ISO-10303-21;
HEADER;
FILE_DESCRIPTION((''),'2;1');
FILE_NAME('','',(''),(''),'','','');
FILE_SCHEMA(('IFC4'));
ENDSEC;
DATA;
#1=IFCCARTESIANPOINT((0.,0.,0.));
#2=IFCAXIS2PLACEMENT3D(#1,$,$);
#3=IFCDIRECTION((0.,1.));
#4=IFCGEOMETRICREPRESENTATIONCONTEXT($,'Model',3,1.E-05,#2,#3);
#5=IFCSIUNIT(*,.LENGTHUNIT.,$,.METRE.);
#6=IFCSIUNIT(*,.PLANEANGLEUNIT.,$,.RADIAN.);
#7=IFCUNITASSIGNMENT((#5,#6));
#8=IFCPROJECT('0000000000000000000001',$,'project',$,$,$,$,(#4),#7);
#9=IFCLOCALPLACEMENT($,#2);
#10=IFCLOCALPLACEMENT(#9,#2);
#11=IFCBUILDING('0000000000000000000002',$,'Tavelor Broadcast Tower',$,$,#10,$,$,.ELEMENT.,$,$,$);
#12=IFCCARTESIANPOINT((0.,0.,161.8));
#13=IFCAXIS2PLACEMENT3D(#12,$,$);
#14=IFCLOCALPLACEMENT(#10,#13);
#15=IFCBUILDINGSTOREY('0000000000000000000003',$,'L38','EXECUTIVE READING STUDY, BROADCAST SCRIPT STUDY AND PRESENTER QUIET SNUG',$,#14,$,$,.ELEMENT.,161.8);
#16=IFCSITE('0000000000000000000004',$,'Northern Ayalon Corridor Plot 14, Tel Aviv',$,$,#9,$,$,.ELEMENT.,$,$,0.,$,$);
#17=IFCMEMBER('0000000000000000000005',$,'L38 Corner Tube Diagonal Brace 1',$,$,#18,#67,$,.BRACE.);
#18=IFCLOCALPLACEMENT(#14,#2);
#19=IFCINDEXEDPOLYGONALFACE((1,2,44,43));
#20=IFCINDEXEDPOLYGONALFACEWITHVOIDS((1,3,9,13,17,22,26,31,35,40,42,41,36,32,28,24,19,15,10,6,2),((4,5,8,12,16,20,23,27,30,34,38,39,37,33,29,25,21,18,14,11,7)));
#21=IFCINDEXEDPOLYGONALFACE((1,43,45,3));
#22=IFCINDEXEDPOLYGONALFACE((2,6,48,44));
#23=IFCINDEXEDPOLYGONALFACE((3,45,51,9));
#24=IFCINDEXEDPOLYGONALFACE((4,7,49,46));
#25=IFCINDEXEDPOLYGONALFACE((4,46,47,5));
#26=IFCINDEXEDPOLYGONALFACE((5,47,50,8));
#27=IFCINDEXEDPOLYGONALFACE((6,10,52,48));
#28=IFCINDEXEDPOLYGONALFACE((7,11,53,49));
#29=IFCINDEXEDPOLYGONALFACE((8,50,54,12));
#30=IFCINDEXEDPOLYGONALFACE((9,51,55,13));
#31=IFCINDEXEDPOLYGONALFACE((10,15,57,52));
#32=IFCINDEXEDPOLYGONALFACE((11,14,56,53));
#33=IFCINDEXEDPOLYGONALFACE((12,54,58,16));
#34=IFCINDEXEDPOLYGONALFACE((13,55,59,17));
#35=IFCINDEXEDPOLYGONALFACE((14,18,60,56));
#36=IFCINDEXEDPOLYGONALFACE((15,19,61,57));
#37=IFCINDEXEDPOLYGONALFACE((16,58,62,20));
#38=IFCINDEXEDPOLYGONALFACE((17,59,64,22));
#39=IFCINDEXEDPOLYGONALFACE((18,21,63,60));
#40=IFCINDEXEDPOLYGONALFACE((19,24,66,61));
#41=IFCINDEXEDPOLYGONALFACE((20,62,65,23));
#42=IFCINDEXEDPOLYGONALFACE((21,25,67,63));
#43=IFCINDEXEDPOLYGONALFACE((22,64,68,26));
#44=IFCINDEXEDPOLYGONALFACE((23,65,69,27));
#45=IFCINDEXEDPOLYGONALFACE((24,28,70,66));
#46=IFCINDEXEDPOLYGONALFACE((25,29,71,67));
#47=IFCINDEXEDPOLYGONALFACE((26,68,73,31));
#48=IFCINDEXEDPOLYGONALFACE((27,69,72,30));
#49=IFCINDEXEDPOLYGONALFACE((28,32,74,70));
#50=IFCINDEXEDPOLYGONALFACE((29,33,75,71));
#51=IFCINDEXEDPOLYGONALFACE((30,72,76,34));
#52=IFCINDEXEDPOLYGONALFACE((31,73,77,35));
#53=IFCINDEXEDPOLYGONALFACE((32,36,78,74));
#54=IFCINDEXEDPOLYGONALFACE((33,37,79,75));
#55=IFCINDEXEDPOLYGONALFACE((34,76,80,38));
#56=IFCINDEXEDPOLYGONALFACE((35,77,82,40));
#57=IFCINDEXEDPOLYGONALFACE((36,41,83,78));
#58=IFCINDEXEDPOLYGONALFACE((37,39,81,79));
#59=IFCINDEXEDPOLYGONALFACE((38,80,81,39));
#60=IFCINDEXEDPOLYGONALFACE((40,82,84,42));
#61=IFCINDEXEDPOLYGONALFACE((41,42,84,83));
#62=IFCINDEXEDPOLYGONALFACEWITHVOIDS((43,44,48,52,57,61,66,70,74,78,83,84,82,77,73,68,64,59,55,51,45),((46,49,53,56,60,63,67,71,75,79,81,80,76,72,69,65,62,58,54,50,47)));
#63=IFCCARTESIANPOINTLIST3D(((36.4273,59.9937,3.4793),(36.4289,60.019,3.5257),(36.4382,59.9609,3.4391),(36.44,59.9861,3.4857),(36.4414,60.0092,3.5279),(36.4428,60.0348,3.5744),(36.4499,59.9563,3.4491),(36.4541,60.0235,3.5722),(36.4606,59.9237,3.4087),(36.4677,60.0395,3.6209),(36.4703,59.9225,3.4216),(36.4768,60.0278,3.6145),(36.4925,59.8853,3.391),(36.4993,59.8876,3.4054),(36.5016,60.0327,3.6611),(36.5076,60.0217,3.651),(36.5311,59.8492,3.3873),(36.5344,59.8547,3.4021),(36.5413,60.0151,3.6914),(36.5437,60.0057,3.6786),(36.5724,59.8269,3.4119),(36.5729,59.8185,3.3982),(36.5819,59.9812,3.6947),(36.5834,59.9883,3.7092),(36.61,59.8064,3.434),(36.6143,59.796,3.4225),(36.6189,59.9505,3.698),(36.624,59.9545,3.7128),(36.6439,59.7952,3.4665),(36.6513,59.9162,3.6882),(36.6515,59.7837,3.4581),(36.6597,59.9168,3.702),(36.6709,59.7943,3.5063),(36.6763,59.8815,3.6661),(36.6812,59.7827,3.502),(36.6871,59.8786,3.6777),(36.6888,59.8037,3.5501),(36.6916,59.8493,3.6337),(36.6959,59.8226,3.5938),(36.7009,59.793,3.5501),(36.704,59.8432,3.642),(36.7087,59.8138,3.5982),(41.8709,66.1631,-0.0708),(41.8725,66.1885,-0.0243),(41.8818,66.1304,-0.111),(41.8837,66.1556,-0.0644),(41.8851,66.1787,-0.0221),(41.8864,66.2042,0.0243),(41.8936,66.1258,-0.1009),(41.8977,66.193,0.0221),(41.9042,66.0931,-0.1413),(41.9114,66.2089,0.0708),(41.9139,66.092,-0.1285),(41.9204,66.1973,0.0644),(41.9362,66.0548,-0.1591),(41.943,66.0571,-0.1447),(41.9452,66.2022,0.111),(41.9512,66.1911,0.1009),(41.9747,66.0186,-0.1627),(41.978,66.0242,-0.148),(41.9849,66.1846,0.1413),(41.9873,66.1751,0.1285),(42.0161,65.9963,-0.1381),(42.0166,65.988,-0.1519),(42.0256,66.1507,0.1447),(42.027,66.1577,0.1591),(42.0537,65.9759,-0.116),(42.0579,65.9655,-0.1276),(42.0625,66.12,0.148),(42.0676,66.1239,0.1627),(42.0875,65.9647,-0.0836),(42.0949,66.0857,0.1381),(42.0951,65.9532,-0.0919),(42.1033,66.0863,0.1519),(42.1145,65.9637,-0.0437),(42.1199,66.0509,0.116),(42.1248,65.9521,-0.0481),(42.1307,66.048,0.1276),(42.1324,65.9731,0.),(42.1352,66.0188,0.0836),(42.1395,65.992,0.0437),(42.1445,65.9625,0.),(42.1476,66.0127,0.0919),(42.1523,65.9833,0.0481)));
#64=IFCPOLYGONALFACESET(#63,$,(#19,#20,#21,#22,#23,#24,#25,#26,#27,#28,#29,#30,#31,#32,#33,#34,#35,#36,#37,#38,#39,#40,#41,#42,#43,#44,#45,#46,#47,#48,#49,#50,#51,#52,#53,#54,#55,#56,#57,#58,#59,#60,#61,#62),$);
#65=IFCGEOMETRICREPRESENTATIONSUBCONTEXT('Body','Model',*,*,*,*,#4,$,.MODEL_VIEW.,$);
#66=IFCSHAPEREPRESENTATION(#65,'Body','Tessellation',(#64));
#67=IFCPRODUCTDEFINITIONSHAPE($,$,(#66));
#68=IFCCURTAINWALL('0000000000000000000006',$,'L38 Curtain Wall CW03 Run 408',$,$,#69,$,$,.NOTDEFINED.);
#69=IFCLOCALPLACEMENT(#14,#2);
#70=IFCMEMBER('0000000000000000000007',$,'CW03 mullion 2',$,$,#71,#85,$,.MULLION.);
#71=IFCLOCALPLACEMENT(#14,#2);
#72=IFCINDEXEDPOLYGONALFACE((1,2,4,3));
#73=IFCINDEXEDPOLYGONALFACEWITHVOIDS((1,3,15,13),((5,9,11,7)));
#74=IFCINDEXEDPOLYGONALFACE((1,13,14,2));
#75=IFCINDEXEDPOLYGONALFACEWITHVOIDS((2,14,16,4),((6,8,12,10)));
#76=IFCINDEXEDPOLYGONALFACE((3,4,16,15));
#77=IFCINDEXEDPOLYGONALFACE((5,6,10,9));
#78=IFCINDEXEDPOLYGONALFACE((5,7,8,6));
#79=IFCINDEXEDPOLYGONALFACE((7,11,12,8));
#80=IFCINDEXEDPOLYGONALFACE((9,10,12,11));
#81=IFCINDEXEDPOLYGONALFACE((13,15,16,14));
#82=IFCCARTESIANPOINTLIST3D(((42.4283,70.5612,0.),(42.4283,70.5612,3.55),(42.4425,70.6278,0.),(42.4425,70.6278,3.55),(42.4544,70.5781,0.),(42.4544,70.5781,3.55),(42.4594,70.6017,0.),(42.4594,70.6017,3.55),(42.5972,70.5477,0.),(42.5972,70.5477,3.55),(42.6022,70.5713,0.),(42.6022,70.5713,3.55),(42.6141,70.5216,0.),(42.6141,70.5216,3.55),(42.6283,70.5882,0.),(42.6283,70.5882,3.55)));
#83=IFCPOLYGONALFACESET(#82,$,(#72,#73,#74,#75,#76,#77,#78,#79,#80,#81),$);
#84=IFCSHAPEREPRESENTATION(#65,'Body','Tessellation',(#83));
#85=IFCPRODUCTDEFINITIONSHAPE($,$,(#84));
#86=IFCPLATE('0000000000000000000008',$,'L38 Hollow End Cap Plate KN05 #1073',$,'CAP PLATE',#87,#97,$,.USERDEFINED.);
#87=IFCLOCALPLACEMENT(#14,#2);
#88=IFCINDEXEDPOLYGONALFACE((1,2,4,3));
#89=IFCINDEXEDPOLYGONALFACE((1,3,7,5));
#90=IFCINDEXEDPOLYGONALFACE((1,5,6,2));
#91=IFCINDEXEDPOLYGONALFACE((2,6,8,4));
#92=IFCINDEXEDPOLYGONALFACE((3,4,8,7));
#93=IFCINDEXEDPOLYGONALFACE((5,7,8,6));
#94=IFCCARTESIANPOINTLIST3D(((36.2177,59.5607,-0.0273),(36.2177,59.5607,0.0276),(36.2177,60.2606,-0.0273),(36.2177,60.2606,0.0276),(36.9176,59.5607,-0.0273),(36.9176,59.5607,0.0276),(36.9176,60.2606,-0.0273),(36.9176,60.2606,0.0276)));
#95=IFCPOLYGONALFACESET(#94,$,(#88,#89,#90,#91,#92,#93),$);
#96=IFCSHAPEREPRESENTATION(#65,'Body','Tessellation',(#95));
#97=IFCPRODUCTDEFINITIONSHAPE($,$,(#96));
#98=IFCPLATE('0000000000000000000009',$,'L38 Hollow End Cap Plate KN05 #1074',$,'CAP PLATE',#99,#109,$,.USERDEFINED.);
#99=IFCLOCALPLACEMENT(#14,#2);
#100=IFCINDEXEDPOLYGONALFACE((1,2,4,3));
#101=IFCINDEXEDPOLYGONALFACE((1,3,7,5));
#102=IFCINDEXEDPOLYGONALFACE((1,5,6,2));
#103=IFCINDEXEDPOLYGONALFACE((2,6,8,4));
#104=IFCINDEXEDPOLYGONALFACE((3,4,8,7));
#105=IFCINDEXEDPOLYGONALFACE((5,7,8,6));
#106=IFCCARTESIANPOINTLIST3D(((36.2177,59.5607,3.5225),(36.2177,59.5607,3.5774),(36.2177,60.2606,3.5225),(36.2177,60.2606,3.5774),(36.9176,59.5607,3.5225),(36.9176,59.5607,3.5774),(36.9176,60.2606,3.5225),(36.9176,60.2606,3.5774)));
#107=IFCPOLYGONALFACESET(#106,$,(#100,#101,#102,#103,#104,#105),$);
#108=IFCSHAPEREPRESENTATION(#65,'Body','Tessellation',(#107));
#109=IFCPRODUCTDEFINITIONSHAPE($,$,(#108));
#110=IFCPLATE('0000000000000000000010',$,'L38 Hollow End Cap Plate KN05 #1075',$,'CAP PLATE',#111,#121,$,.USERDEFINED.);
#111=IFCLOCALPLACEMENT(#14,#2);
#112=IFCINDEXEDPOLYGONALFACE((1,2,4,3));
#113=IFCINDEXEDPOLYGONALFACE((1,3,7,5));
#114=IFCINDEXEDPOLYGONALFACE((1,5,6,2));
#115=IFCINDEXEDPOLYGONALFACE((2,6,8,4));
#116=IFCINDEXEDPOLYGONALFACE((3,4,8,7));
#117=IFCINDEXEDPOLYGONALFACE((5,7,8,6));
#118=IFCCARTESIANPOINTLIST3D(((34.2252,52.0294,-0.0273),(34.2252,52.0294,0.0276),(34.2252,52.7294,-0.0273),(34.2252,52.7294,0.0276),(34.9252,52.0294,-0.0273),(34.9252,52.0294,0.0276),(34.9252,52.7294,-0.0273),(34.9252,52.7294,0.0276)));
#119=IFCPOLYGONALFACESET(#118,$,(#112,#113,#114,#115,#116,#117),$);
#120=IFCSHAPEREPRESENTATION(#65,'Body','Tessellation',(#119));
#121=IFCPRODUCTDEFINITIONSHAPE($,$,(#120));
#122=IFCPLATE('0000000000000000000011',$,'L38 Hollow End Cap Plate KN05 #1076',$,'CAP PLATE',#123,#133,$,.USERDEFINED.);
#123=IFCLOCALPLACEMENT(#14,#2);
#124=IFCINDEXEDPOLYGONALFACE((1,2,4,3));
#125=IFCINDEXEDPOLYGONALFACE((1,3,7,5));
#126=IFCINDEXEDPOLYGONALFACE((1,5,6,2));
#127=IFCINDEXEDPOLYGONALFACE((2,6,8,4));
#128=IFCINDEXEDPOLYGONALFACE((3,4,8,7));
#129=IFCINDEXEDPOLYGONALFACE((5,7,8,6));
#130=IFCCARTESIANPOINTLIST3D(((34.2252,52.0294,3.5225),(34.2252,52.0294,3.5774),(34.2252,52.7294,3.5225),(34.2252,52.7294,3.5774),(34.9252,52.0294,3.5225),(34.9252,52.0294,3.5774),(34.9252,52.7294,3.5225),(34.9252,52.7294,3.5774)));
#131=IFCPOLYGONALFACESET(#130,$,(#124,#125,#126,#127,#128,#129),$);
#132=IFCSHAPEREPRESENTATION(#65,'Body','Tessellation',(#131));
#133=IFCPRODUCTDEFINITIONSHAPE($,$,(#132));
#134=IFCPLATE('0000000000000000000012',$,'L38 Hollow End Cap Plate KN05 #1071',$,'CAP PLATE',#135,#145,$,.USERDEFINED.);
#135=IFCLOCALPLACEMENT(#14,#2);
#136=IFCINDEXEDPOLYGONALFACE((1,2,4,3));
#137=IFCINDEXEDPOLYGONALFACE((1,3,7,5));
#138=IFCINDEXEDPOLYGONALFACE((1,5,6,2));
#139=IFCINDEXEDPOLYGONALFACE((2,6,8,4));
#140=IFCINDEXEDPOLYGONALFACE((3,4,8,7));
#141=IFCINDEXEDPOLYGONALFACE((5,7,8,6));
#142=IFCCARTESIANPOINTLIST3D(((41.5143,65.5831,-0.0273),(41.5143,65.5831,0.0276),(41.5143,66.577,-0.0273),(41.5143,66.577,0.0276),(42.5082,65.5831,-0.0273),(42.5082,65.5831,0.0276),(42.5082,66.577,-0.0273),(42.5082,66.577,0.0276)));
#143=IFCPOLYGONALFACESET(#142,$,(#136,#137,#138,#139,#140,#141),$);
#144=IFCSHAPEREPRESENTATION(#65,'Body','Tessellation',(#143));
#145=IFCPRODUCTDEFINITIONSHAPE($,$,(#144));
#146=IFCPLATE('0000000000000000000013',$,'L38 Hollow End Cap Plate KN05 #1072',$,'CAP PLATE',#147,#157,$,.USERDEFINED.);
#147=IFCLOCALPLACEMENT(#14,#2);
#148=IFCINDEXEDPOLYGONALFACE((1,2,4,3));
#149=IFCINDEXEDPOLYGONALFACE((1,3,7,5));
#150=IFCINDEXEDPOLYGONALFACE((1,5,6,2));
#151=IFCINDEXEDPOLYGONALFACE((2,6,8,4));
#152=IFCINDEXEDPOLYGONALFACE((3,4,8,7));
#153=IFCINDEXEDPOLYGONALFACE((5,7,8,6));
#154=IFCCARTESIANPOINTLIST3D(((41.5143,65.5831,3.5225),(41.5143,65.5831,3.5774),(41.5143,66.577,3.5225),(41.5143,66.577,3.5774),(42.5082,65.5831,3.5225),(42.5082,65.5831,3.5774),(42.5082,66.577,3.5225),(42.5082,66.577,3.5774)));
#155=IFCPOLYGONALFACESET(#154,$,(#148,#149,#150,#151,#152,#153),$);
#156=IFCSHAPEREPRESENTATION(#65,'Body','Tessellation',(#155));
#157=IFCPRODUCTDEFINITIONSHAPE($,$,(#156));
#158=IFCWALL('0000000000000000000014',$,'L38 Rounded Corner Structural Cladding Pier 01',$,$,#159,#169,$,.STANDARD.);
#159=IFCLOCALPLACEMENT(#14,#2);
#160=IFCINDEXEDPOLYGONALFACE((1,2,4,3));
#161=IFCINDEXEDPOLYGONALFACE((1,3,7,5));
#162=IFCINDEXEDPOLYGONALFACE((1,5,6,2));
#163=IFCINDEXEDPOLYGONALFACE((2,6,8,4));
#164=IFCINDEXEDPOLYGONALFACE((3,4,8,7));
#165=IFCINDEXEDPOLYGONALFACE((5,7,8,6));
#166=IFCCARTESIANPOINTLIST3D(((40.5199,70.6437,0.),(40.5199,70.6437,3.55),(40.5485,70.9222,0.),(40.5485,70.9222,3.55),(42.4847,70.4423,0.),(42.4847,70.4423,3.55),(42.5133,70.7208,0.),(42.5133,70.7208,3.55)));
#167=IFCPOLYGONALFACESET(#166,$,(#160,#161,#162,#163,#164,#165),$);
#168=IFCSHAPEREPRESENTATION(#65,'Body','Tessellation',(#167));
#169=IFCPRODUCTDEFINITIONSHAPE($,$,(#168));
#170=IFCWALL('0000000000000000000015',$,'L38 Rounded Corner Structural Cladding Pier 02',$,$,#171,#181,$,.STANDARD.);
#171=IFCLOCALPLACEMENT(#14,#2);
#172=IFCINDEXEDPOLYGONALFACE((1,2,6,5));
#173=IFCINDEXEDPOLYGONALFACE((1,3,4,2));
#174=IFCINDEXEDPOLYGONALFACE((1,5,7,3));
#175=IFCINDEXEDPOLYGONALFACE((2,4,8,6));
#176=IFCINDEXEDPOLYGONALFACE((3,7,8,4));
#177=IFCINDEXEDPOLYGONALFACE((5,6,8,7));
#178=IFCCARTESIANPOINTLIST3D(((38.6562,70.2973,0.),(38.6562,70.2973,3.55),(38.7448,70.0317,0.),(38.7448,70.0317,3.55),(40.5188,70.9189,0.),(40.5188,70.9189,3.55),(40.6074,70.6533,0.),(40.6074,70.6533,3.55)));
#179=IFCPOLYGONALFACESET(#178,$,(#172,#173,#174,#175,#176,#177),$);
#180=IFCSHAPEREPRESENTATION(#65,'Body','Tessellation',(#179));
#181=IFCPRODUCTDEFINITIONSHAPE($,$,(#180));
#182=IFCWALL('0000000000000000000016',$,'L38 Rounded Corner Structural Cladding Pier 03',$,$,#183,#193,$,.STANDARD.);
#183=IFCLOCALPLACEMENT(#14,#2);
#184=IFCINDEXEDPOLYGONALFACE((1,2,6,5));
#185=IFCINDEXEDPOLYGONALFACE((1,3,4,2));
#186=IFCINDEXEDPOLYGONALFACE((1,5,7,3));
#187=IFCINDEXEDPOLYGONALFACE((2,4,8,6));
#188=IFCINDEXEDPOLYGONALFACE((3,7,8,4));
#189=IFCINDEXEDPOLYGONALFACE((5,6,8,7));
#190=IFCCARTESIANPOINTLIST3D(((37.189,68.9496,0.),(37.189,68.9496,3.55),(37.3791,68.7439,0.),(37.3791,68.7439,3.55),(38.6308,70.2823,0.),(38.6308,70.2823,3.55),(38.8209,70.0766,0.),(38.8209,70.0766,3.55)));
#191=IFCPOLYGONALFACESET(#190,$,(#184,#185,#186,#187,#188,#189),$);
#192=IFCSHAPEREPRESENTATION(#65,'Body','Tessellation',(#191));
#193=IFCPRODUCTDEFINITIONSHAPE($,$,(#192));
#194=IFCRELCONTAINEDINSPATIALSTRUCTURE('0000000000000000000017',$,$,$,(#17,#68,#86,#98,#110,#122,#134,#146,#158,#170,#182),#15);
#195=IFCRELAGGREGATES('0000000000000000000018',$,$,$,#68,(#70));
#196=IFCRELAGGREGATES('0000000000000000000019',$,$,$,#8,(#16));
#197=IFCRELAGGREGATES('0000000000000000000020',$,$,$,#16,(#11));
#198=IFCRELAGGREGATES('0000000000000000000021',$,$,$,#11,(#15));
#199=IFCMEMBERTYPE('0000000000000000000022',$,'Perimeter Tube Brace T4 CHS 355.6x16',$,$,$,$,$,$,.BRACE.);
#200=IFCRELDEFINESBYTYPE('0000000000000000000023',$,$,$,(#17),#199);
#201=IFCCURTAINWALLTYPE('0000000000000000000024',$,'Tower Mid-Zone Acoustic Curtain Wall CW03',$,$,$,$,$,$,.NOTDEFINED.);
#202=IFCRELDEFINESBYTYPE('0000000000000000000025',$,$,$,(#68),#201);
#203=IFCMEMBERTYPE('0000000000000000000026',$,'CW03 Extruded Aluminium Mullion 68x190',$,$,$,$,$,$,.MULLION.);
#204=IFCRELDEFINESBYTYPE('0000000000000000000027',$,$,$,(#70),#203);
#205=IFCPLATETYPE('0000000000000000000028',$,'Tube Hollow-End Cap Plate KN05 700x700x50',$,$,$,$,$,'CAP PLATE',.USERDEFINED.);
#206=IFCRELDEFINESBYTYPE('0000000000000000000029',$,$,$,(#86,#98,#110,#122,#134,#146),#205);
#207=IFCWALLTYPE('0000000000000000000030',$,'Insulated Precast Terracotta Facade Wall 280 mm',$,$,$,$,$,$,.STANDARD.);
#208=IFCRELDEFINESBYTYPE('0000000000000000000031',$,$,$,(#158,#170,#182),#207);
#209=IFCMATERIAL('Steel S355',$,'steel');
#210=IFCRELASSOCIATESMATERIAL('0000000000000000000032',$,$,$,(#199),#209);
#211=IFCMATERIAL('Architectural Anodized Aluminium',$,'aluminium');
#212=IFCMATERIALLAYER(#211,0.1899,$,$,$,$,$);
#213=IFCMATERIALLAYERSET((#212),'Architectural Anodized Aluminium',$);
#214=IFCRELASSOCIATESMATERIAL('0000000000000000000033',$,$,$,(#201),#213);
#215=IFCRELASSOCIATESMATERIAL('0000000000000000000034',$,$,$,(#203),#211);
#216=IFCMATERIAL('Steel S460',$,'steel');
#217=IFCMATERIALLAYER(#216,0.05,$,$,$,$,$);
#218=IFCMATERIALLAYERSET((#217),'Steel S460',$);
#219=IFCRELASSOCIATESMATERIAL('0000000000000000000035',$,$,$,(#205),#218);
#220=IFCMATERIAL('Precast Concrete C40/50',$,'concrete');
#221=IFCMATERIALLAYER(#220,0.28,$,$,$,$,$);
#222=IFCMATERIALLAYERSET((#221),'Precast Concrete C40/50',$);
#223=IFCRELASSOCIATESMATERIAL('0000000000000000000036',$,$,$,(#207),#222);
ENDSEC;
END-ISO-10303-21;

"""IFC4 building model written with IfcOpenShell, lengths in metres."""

from ifc_helpers import new_model, si_unit, direction, frame, frame_2d, origin, origin_2d, place, context, subcontext, project, spatial, rectangle, hollow_rectangle, hollow_circle, extrude, source, transform, mapped, material, layer, layer_set, material_profile, profile_set, type_object, type_shapes, element, aggregate, save


model = new_model("IFC4")

# Units and contexts
model_context = context("Model", 3, precision=1e-05, world=origin(), true_north=direction((0.0, 1.0)))
body_context = subcontext(model_context, "Body", "Model", "MODEL_VIEW")
ifc_project = project(units=[si_unit("LENGTHUNIT", "METRE"), si_unit("PLANEANGLEUNIT", "RADIAN")], contexts=[model_context])

# Site, building, storey
site_placement = place(None, origin())
site = spatial("IfcSite", under=ifc_project, at=site_placement, Name="Northern Ayalon Corridor Plot 14, Tel Aviv", CompositionType="ELEMENT", RefElevation=0.0)
building_placement = place(site_placement, origin())
building = spatial("IfcBuilding", under=site, at=building_placement, Name="Tavelor Broadcast Tower", CompositionType="ELEMENT")
storey_placement = place(building_placement, frame((0.0, 0.0, 161.8)))
storey = spatial("IfcBuildingStorey", under=building, at=storey_placement, Name="L38", Description="EXECUTIVE READING STUDY, BROADCAST SCRIPT STUDY AND PRESENTER QUIET SNUG", CompositionType="ELEMENT", Elevation=161.8)

# Shared definitions
ifc_material_1 = material(Name="Steel S460", Category="steel")

# Shared definitions
ifc_material_2 = material(Name="Steel S355", Category="steel")

# Member
ifc_material_profile_1 = material_profile(ifc_material_2, hollow_circle(Radius=0.1777, WallThickness=0.0161, at=origin_2d()), Name="CHS 355.6x16")
ifc_profile_set_1 = profile_set([ifc_material_profile_1], Name="Steel S355")
member_type_1 = type_object("IfcMemberType", Name="Perimeter Tube Brace T4 CHS 355.6x16", PredefinedType="BRACE", material=ifc_profile_set_1)
member_1_placement = place(storey_placement, frame((42.0112, 66.0801, 0.0), z_axis=(-0.607485, -0.688484, 0.396171), x_axis=(0.749839, -0.661621, 0.0)))
element("IfcMember", 1, at=member_1_placement, inside=storey, type_object=member_type_1, Name="L38 Corner Tube Diagonal Brace 1", PredefinedType="BRACE", context=body_context, shape_type="SweptSolid", body=[
    extrude(hollow_circle(Radius=0.1777, WallThickness=0.0161, at=origin_2d()), origin(), (0.0, 0.0, 1.0), 8.9609),
])

# Curtain wall, member
ifc_material_3 = material(Name="Architectural Anodized Aluminium", Category="aluminium")
ifc_layer_1 = layer(ifc_material_3, 0.1899)
ifc_layer_set_1 = layer_set([ifc_layer_1], Name="Architectural Anodized Aluminium")
curtain_wall_type = type_object("IfcCurtainWallType", Name="Tower Mid-Zone Acoustic Curtain Wall CW03", PredefinedType="NOTDEFINED", material=ifc_layer_set_1)
curtain_wall_placement = place(storey_placement, origin())
curtain_wall = element("IfcCurtainWall", 2, at=curtain_wall_placement, inside=storey, type_object=curtain_wall_type, Name="L38 Curtain Wall CW03 Run 408", PredefinedType="NOTDEFINED")
ifc_material_profile_2 = material_profile(ifc_material_3, hollow_rectangle(XDim=0.0681, YDim=0.1899, WallThickness=0.022, at=origin_2d()), Name="RHS 68x190x22")
ifc_profile_set_2 = profile_set([ifc_material_profile_2], Name="Architectural Anodized Aluminium")
member_type_2 = type_object("IfcMemberType", Name="CW03 Extruded Aluminium Mullion 68x190", PredefinedType="MULLION", material=ifc_profile_set_2)
shared_shape_1 = source(origin(), body_context, "Body", "SweptSolid", [
    extrude(hollow_rectangle(XDim=0.0681, YDim=0.1899, WallThickness=0.022, at=origin_2d()), origin(), (0.0, 0.0, 1.0), 3.55),
])
type_shapes(member_type_2, [shared_shape_1])
member_2_placement = place(storey_placement, frame((42.5283, 70.5747, 0.0), z_axis=(0.0, 0.0, 1.0), x_axis=(-0.208306, -0.978064, 0.0)))
member_2 = element("IfcMember", 3, at=member_2_placement, type_object=member_type_2, Name="CW03 mullion 2", PredefinedType="MULLION", context=body_context, shape_type="MappedRepresentation", body=[
    mapped(shared_shape_1, transform((0.0, 0.0, 0.0), scale=1.0)),
])
aggregate(curtain_wall, [member_2])

# Plates
ifc_layer_2 = layer(ifc_material_1, 0.05)
ifc_layer_set_2 = layer_set([ifc_layer_2], Name="Steel S460")
plate_type = type_object("IfcPlateType", Name="Tube Hollow-End Cap Plate KN05 700x700x50", ElementType="CAP PLATE", PredefinedType="USERDEFINED", material=ifc_layer_set_2)
shared_shape_2 = source(origin(), body_context, "Body", "SweptSolid", [
    extrude(rectangle(XDim=0.7, YDim=0.7, at=origin_2d()), origin(), (0.0, 0.0, 1.0), 0.0549),
])
for number, where, z_axis, x_axis, name in (
    (4, (36.5676, 59.9106, -0.0273), (0.0, 0.0, 1.0), (1.0, 0.0, 0.0), "L38 Hollow End Cap Plate KN05 #1073"),
    (5, (36.5676, 59.9106, 3.5225), (0.0, 0.0, 1.0), (1.0, 0.0, 0.0), "L38 Hollow End Cap Plate KN05 #1074"),
    (6, (34.5752, 52.3794, -0.0273), (0.0, 0.0, 1.0), (1.0, 0.0, 0.0), "L38 Hollow End Cap Plate KN05 #1075"),
    (7, (34.5752, 52.3794, 3.5225), (0.0, 0.0, 1.0), (1.0, 0.0, 0.0), "L38 Hollow End Cap Plate KN05 #1076"),
):
    element("IfcPlate", number, at=place(storey_placement, frame(where, z_axis=z_axis, x_axis=x_axis)), inside=storey, type_object=plate_type, Name=name, ObjectType="CAP PLATE", PredefinedType="USERDEFINED", context=body_context, shape_type="MappedRepresentation", body=[
        mapped(shared_shape_2, transform((0.0, 0.0, 0.0), scale=1.0)),
    ])
shared_shape_3 = source(origin(), body_context, "Body", "SweptSolid", [
    extrude(rectangle(XDim=0.9939, YDim=0.9939, at=origin_2d()), origin(), (0.0, 0.0, 1.0), 0.0549),
])
type_shapes(plate_type, [shared_shape_2, shared_shape_3])
for number, where, z_axis, x_axis, name in (
    (8, (42.0112, 66.0801, -0.0273), (0.0, 0.0, 1.0), (1.0, 0.0, 0.0), "L38 Hollow End Cap Plate KN05 #1071"),
    (9, (42.0112, 66.0801, 3.5225), (0.0, 0.0, 1.0), (1.0, 0.0, 0.0), "L38 Hollow End Cap Plate KN05 #1072"),
):
    element("IfcPlate", number, at=place(storey_placement, frame(where, z_axis=z_axis, x_axis=x_axis)), inside=storey, type_object=plate_type, Name=name, ObjectType="CAP PLATE", PredefinedType="USERDEFINED", context=body_context, shape_type="MappedRepresentation", body=[
        mapped(shared_shape_3, transform((0.0, 0.0, 0.0), scale=1.0)),
    ])

# Walls
ifc_material_4 = material(Name="Precast Concrete C40/50", Category="concrete")
ifc_layer_3 = layer(ifc_material_4, 0.28)
ifc_layer_set_3 = layer_set([ifc_layer_3], Name="Precast Concrete C40/50")
wall_type_1 = type_object("IfcWallType", Name="Insulated Precast Terracotta Facade Wall 280 mm", PredefinedType="STANDARD", material=ifc_layer_set_3)
wall_1_placement = place(storey_placement, frame((42.499, 70.5815, 0.0), z_axis=(0.0, 0.0, 1.0), x_axis=(-0.994787, 0.101976, 0.0)))
element("IfcWall", 10, at=wall_1_placement, inside=storey, type_object=wall_type_1, Name="L38 Rounded Corner Structural Cladding Pier 01", PredefinedType="STANDARD", context=body_context, shape_type="SweptSolid", body=[
    extrude(rectangle(XDim=1.9751, YDim=0.28, at=frame_2d((0.9875, 0.0))), origin(), (0.0, 0.0, 1.0), 3.55),
])
wall_2_placement = place(storey_placement, frame((40.5632, 70.7861, 0.0), z_axis=(0.0, 0.0, 1.0), x_axis=(-0.948571, -0.316563, 0.0)))
element("IfcWall", 11, at=wall_2_placement, inside=storey, type_object=wall_type_1, Name="L38 Rounded Corner Structural Cladding Pier 02", PredefinedType="STANDARD", context=body_context, shape_type="SweptSolid", body=[
    extrude(rectangle(XDim=1.9636, YDim=0.28, at=frame_2d((0.9819, 0.0))), origin(), (0.0, 0.0, 1.0), 3.55),
])
wall_3_placement = place(storey_placement, frame((38.7258, 70.1794, 0.0), z_axis=(0.0, 0.0, 1.0), x_axis=(-0.73435, -0.678771, 0.0)))
element("IfcWall", 12, at=wall_3_placement, inside=storey, type_object=wall_type_1, Name="L38 Rounded Corner Structural Cladding Pier 03", PredefinedType="STANDARD", context=body_context, shape_type="SweptSolid", body=[
    extrude(rectangle(XDim=1.9634, YDim=0.28, at=frame_2d((0.9817, 0.0))), origin(), (0.0, 0.0, 1.0), 3.55),
])

save(model, "model.ifc")
